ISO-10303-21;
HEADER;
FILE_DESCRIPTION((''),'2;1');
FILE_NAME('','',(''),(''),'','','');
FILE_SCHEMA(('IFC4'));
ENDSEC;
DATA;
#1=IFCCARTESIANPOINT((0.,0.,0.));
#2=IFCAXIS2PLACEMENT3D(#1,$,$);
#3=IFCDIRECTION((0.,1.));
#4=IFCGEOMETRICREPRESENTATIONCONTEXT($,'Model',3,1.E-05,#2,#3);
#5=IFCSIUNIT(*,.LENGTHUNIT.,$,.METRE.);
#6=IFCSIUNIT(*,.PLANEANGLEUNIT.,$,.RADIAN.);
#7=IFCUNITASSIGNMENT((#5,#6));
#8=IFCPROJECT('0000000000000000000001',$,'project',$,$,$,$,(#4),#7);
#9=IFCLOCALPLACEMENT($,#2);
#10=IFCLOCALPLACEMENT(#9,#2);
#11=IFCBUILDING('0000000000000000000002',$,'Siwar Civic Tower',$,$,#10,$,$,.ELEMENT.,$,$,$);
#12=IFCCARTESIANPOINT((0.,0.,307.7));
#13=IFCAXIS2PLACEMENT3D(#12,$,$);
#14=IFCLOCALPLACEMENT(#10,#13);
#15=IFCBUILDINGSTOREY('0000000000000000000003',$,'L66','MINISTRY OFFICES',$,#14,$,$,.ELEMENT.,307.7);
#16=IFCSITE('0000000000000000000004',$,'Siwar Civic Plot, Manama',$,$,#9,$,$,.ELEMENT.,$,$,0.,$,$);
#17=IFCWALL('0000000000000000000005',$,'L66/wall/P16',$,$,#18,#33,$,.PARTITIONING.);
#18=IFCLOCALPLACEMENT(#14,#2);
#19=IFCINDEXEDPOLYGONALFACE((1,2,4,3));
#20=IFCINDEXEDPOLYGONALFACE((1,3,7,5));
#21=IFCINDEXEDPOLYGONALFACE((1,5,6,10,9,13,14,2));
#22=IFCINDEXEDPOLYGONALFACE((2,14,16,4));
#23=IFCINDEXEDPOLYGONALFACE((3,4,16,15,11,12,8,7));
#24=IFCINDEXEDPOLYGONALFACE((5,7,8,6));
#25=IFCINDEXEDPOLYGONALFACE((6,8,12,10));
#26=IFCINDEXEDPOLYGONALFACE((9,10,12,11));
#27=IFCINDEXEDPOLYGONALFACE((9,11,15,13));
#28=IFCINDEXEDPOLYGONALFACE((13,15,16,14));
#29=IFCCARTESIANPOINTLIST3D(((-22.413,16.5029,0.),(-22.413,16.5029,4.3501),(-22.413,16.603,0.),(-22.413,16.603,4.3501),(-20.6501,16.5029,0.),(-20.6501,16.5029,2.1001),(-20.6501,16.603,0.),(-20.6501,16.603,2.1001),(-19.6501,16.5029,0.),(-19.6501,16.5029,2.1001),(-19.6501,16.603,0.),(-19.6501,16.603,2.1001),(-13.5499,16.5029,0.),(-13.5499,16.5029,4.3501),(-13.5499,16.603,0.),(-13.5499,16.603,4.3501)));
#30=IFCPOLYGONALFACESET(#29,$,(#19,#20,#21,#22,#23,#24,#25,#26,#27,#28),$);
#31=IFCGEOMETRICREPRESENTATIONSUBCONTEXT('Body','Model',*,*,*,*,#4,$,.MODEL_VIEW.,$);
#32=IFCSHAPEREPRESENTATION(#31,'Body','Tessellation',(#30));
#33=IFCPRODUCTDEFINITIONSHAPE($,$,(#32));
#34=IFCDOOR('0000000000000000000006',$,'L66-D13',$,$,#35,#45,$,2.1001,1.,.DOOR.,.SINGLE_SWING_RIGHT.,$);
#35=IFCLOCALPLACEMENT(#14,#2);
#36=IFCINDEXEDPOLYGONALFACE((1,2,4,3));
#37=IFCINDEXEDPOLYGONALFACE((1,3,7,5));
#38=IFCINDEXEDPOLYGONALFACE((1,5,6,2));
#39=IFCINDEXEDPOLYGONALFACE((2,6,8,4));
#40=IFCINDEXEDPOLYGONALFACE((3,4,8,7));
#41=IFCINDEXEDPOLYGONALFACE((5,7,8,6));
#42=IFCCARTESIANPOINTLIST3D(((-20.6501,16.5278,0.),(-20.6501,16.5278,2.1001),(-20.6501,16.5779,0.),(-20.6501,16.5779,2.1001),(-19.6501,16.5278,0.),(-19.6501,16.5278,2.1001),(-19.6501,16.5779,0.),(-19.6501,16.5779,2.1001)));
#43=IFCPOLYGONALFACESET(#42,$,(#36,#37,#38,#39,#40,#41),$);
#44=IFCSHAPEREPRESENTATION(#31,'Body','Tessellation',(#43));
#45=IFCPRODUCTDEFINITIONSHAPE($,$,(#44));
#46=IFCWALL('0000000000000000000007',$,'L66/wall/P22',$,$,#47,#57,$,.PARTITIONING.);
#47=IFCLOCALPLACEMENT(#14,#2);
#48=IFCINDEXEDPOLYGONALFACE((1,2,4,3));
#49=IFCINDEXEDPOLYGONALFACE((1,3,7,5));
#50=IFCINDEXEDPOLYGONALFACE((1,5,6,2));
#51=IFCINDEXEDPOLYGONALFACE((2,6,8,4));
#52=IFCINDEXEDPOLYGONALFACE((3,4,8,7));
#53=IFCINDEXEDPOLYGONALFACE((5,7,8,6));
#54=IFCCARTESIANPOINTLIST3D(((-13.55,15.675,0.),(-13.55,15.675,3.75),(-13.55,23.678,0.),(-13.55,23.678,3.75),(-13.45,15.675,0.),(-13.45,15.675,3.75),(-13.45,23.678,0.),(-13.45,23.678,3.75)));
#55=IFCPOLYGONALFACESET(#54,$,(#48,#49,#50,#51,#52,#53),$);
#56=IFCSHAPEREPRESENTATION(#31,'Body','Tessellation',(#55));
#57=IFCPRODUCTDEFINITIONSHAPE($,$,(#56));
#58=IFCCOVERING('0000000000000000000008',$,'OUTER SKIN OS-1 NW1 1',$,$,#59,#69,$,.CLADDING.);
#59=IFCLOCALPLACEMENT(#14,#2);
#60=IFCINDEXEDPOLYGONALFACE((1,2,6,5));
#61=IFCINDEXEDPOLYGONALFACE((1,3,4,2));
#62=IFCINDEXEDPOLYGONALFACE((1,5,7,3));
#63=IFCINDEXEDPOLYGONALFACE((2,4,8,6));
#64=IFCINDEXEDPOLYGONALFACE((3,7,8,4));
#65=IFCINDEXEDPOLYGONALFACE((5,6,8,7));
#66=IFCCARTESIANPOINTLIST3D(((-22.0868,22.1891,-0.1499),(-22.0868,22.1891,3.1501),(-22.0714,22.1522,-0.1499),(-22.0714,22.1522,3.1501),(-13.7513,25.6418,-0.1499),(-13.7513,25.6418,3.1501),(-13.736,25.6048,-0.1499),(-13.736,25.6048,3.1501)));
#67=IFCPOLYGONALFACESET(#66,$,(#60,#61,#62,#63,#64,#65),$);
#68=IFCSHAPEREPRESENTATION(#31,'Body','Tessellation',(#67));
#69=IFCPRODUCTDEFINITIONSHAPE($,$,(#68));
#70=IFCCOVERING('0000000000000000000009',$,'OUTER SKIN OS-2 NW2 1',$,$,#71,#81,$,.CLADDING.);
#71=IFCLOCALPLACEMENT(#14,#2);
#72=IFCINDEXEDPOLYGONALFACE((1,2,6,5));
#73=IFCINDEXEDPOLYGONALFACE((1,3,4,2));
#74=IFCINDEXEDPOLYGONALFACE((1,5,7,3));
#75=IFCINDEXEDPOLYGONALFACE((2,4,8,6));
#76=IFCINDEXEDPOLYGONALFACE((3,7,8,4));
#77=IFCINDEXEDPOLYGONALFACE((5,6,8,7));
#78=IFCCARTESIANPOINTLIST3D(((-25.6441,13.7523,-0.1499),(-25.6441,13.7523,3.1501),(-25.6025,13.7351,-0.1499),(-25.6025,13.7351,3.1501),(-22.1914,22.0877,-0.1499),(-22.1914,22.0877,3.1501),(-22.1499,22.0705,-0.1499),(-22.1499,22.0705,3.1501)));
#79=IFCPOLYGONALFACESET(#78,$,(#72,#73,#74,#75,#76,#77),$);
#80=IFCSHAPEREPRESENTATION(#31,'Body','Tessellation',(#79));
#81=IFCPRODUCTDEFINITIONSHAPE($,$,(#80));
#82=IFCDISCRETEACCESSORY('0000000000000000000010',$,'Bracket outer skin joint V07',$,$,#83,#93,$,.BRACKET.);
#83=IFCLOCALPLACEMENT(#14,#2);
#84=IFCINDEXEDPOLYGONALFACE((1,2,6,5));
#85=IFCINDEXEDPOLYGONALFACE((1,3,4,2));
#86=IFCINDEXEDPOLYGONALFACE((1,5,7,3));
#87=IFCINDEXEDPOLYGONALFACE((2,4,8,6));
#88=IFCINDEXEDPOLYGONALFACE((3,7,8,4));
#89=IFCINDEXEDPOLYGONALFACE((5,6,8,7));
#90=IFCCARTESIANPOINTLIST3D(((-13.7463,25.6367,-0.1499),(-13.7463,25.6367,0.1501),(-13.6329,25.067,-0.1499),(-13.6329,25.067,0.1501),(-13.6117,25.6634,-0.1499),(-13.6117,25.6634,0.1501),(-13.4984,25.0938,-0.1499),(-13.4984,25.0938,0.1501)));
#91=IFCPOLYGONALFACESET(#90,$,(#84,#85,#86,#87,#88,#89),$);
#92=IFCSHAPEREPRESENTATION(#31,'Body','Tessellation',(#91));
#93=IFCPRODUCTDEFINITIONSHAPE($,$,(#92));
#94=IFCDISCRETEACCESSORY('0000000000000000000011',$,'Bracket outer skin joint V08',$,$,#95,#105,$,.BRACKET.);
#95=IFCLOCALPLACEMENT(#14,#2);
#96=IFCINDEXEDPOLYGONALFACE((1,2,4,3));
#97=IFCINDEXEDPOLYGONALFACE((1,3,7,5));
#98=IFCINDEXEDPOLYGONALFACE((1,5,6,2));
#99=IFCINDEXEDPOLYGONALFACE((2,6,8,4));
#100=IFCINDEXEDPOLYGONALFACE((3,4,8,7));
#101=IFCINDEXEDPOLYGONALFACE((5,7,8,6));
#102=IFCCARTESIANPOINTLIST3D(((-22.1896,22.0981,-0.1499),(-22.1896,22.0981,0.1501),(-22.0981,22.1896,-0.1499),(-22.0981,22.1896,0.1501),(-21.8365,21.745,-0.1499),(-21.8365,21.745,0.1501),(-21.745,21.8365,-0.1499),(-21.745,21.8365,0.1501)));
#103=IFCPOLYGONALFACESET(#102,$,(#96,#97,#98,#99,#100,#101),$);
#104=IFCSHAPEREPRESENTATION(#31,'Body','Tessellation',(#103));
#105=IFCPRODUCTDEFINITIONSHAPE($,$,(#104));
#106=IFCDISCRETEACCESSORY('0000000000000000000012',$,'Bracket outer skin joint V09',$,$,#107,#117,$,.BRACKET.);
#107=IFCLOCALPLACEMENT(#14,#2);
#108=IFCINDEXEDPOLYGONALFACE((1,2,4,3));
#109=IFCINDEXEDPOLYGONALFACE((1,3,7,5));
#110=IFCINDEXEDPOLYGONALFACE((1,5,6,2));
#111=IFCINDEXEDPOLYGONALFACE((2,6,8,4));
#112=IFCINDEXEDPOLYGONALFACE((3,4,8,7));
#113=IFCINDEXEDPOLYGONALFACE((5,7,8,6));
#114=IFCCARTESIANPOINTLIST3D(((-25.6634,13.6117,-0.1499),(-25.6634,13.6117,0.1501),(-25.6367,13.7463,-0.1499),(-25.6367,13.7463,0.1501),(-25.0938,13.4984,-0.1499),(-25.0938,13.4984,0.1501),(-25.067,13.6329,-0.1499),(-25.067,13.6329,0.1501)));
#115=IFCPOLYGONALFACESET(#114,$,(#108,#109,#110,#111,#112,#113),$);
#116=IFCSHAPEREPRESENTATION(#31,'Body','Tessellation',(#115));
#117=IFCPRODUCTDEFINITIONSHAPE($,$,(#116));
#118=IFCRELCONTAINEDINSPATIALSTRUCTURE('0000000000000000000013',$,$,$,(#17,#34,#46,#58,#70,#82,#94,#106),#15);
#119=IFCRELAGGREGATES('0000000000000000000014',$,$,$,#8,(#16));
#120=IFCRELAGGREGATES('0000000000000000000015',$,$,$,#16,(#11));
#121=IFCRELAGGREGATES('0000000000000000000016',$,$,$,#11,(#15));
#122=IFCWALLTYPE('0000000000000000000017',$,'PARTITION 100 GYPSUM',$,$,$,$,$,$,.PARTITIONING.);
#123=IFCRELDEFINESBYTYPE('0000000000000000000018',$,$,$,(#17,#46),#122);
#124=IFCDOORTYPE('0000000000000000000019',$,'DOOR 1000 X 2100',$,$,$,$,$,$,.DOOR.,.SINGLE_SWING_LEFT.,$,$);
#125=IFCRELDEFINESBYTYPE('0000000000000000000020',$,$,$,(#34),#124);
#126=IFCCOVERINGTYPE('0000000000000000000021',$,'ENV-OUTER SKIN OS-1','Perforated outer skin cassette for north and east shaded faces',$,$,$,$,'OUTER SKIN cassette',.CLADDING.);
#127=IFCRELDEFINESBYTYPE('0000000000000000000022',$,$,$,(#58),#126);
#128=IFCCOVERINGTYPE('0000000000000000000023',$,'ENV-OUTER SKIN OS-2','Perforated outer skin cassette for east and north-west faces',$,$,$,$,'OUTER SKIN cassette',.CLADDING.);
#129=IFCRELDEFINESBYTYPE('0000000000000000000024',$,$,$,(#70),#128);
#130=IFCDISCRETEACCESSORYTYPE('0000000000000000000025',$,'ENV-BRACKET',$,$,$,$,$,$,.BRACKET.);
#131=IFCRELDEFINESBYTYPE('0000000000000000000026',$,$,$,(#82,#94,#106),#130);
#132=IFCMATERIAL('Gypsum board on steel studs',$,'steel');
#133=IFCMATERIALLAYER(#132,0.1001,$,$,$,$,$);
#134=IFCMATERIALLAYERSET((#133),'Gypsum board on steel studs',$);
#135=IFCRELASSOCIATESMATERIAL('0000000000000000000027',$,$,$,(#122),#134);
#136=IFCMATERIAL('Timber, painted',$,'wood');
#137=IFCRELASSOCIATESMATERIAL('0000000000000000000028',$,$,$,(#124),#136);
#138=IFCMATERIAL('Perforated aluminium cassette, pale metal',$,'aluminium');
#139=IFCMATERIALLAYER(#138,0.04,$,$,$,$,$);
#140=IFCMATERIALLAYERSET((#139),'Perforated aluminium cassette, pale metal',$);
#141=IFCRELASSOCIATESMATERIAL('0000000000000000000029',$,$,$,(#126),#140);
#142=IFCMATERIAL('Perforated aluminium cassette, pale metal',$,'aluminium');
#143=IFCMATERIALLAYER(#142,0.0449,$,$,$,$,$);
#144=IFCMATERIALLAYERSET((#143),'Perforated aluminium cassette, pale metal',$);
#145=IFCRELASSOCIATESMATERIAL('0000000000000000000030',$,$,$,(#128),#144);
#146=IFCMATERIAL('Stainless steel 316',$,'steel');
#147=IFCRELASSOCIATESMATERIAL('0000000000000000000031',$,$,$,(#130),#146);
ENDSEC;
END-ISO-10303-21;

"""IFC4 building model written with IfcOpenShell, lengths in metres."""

from ifc_helpers import new_model, si_unit, direction, frame, frame_2d, origin, origin_2d, place, context, subcontext, project, spatial, rectangle, extrude, material, layer, layer_set, type_object, element, fill, save


model = new_model("IFC4")

# Units and contexts
model_context = context("Model", 3, precision=1e-05, world=origin(), true_north=direction((0.0, 1.0)))
body_context = subcontext(model_context, "Body", "Model", "MODEL_VIEW")
ifc_project = project(units=[si_unit("LENGTHUNIT", "METRE"), si_unit("PLANEANGLEUNIT", "RADIAN")], contexts=[model_context])

# Site, building, storey
site_placement = place(None, origin())
site = spatial("IfcSite", under=ifc_project, at=site_placement, Name="Siwar Civic Plot, Manama", CompositionType="ELEMENT", RefElevation=0.0)
building_placement = place(site_placement, origin())
building = spatial("IfcBuilding", under=site, at=building_placement, Name="Siwar Civic Tower", CompositionType="ELEMENT")
storey_placement = place(building_placement, frame((0.0, 0.0, 307.7)))
storey = spatial("IfcBuildingStorey", under=building, at=storey_placement, Name="L66", Description="MINISTRY OFFICES", CompositionType="ELEMENT", Elevation=307.7)

# Wall, opening, door
ifc_material_1 = material(Name="Gypsum board on steel studs", Category="steel")
ifc_layer_1 = layer(ifc_material_1, 0.1001)
ifc_layer_set_1 = layer_set([ifc_layer_1], Name="Gypsum board on steel studs")
wall_type_1 = type_object("IfcWallType", Name="PARTITION 100 GYPSUM", PredefinedType="PARTITIONING", material=ifc_layer_set_1)
wall_1_placement = place(storey_placement, frame((-22.4131, 16.553, 0.0), z_axis=(0.0, 0.0, 1.0), x_axis=(1.0, 0.0, 0.0)))
wall_1 = element("IfcWall", 1, at=wall_1_placement, inside=storey, type_object=wall_type_1, Name="L66/wall/P16", PredefinedType="PARTITIONING", context=body_context, shape_type="SweptSolid", body=[
    extrude(rectangle(XDim=8.863, YDim=0.1001, at=frame_2d((4.4316, 0.0))), origin(), (0.0, 0.0, 1.0), 4.3501),
])
opening_1_placement = place(wall_1_placement, frame((1.7629, 0.0, 0.0)))
opening_1 = element("IfcOpeningElement", 2, at=opening_1_placement, cuts=wall_1, PredefinedType="OPENING", context=body_context, shape_type="SweptSolid", body=[
    extrude(rectangle(XDim=1.0, YDim=2.1001, at=frame_2d((0.5, 1.05))), frame((0.0, 0.0601, 0.0), z_axis=(0.0, -1.0, 0.0), x_axis=(1.0, 0.0, 0.0)), (0.0, 0.0, 1.0), 0.1201),
])
ifc_material_2 = material(Name="Timber, painted", Category="wood")
door_type_1 = type_object("IfcDoorType", Name="DOOR 1000 X 2100", OperationType="SINGLE_SWING_LEFT", PredefinedType="DOOR", material=ifc_material_2)
door_1_placement = place(opening_1_placement, origin())
door_1 = element("IfcDoor", 3, at=door_1_placement, inside=storey, type_object=door_type_1, Name="L66-D13", OperationType="SINGLE_SWING_RIGHT", OverallHeight=2.1001, OverallWidth=1.0, PredefinedType="DOOR", context=body_context, shape_type="SweptSolid", body=[
    extrude(rectangle(XDim=1.0, YDim=2.1001, at=frame_2d((0.5, 1.05))), frame((0.0, 0.0249, 0.0), z_axis=(0.0, -1.0, 0.0), x_axis=(1.0, 0.0, 0.0)), (0.0, 0.0, 1.0), 0.05),
])
fill(opening_1, door_1)

# Wall
wall_2_placement = place(storey_placement, frame((-13.5, 15.675, 0.0), z_axis=(0.0, 0.0, 1.0), x_axis=(0.0, 1.0, 0.0)))
element("IfcWall", 4, at=wall_2_placement, inside=storey, type_object=wall_type_1, Name="L66/wall/P22", PredefinedType="PARTITIONING", context=body_context, shape_type="SweptSolid", body=[
    extrude(rectangle(XDim=8.0029, YDim=0.1001, at=frame_2d((4.0015, 0.0))), origin(), (0.0, 0.0, 1.0), 3.75),
])

# Coverings
ifc_material_3 = material(Name="Perforated aluminium cassette, pale metal", Category="aluminium")
ifc_layer_2 = layer(ifc_material_3, 0.04)
ifc_layer_set_2 = layer_set([ifc_layer_2], Name="Perforated aluminium cassette, pale metal")
covering_type_1 = type_object("IfcCoveringType", Name="ENV-OUTER SKIN OS-1", Description="Perforated outer skin cassette for north and east shaded faces", ElementType="OUTER SKIN cassette", PredefinedType="CLADDING", material=ifc_layer_set_2)
covering_1_placement = place(storey_placement, frame((-17.9114, 23.897, -0.1499), z_axis=(0.0, 0.0, 1.0), x_axis=(-0.92388, -0.382683, 0.0)))
element("IfcCovering", 5, at=covering_1_placement, inside=storey, type_object=covering_type_1, Name="OUTER SKIN OS-1 NW1 1", PredefinedType="CLADDING", context=body_context, shape_type="SweptSolid", body=[
    extrude(rectangle(XDim=9.0222, YDim=0.04, at=origin_2d()), origin(), (0.0, 0.0, 1.0), 3.3),
])
ifc_material_4 = material(Name="Perforated aluminium cassette, pale metal", Category="aluminium")
ifc_layer_3 = layer(ifc_material_4, 0.0449)
ifc_layer_set_3 = layer_set([ifc_layer_3], Name="Perforated aluminium cassette, pale metal")
covering_type_2 = type_object("IfcCoveringType", Name="ENV-OUTER SKIN OS-2", Description="Perforated outer skin cassette for east and north-west faces", ElementType="OUTER SKIN cassette", PredefinedType="CLADDING", material=ifc_layer_set_3)
covering_2_placement = place(storey_placement, frame((-23.897, 17.9114, -0.1499), z_axis=(0.0, 0.0, 1.0), x_axis=(-0.382683, -0.92388, 0.0)))
element("IfcCovering", 6, at=covering_2_placement, inside=storey, type_object=covering_type_2, Name="OUTER SKIN OS-2 NW2 1", PredefinedType="CLADDING", context=body_context, shape_type="SweptSolid", body=[
    extrude(rectangle(XDim=9.0222, YDim=0.0449, at=origin_2d()), origin(), (0.0, 0.0, 1.0), 3.3),
])

# Discrete accessories
ifc_material_5 = material(Name="Stainless steel 316", Category="steel")
discrete_accessory_type = type_object("IfcDiscreteAccessoryType", Name="ENV-BRACKET", PredefinedType="BRACKET", material=ifc_material_5)
discrete_accessory_1_placement = place(storey_placement, frame((-13.6223, 25.3652, -0.1499), z_axis=(0.0, 0.0, 1.0), x_axis=(-0.19509, 0.980785, 0.0)))
element("IfcDiscreteAccessory", 7, at=discrete_accessory_1_placement, inside=storey, type_object=discrete_accessory_type, Name="Bracket outer skin joint V07", PredefinedType="BRACKET", context=body_context, shape_type="SweptSolid", body=[
    extrude(rectangle(XDim=0.5808, YDim=0.1372, at=origin_2d()), origin(), (0.0, 0.0, 1.0), 0.3),
])
discrete_accessory_2_placement = place(storey_placement, frame((-21.9673, 21.9673, -0.1499), z_axis=(0.0, 0.0, 1.0), x_axis=(-0.707107, 0.707107, 0.0)))
element("IfcDiscreteAccessory", 8, at=discrete_accessory_2_placement, inside=storey, type_object=discrete_accessory_type, Name="Bracket outer skin joint V08", PredefinedType="BRACKET", context=body_context, shape_type="SweptSolid", body=[
    extrude(rectangle(XDim=0.4993, YDim=0.1294, at=origin_2d()), origin(), (0.0, 0.0, 1.0), 0.3),
])
discrete_accessory_3_placement = place(storey_placement, frame((-25.3652, 13.6223, -0.1499), z_axis=(0.0, 0.0, 1.0), x_axis=(-0.980785, 0.19509, 0.0)))
element("IfcDiscreteAccessory", 9, at=discrete_accessory_3_placement, inside=storey, type_object=discrete_accessory_type, Name="Bracket outer skin joint V09", PredefinedType="BRACKET", context=body_context, shape_type="SweptSolid", body=[
    extrude(rectangle(XDim=0.5808, YDim=0.1372, at=origin_2d()), origin(), (0.0, 0.0, 1.0), 0.3),
])

save(model, "model.ifc")
